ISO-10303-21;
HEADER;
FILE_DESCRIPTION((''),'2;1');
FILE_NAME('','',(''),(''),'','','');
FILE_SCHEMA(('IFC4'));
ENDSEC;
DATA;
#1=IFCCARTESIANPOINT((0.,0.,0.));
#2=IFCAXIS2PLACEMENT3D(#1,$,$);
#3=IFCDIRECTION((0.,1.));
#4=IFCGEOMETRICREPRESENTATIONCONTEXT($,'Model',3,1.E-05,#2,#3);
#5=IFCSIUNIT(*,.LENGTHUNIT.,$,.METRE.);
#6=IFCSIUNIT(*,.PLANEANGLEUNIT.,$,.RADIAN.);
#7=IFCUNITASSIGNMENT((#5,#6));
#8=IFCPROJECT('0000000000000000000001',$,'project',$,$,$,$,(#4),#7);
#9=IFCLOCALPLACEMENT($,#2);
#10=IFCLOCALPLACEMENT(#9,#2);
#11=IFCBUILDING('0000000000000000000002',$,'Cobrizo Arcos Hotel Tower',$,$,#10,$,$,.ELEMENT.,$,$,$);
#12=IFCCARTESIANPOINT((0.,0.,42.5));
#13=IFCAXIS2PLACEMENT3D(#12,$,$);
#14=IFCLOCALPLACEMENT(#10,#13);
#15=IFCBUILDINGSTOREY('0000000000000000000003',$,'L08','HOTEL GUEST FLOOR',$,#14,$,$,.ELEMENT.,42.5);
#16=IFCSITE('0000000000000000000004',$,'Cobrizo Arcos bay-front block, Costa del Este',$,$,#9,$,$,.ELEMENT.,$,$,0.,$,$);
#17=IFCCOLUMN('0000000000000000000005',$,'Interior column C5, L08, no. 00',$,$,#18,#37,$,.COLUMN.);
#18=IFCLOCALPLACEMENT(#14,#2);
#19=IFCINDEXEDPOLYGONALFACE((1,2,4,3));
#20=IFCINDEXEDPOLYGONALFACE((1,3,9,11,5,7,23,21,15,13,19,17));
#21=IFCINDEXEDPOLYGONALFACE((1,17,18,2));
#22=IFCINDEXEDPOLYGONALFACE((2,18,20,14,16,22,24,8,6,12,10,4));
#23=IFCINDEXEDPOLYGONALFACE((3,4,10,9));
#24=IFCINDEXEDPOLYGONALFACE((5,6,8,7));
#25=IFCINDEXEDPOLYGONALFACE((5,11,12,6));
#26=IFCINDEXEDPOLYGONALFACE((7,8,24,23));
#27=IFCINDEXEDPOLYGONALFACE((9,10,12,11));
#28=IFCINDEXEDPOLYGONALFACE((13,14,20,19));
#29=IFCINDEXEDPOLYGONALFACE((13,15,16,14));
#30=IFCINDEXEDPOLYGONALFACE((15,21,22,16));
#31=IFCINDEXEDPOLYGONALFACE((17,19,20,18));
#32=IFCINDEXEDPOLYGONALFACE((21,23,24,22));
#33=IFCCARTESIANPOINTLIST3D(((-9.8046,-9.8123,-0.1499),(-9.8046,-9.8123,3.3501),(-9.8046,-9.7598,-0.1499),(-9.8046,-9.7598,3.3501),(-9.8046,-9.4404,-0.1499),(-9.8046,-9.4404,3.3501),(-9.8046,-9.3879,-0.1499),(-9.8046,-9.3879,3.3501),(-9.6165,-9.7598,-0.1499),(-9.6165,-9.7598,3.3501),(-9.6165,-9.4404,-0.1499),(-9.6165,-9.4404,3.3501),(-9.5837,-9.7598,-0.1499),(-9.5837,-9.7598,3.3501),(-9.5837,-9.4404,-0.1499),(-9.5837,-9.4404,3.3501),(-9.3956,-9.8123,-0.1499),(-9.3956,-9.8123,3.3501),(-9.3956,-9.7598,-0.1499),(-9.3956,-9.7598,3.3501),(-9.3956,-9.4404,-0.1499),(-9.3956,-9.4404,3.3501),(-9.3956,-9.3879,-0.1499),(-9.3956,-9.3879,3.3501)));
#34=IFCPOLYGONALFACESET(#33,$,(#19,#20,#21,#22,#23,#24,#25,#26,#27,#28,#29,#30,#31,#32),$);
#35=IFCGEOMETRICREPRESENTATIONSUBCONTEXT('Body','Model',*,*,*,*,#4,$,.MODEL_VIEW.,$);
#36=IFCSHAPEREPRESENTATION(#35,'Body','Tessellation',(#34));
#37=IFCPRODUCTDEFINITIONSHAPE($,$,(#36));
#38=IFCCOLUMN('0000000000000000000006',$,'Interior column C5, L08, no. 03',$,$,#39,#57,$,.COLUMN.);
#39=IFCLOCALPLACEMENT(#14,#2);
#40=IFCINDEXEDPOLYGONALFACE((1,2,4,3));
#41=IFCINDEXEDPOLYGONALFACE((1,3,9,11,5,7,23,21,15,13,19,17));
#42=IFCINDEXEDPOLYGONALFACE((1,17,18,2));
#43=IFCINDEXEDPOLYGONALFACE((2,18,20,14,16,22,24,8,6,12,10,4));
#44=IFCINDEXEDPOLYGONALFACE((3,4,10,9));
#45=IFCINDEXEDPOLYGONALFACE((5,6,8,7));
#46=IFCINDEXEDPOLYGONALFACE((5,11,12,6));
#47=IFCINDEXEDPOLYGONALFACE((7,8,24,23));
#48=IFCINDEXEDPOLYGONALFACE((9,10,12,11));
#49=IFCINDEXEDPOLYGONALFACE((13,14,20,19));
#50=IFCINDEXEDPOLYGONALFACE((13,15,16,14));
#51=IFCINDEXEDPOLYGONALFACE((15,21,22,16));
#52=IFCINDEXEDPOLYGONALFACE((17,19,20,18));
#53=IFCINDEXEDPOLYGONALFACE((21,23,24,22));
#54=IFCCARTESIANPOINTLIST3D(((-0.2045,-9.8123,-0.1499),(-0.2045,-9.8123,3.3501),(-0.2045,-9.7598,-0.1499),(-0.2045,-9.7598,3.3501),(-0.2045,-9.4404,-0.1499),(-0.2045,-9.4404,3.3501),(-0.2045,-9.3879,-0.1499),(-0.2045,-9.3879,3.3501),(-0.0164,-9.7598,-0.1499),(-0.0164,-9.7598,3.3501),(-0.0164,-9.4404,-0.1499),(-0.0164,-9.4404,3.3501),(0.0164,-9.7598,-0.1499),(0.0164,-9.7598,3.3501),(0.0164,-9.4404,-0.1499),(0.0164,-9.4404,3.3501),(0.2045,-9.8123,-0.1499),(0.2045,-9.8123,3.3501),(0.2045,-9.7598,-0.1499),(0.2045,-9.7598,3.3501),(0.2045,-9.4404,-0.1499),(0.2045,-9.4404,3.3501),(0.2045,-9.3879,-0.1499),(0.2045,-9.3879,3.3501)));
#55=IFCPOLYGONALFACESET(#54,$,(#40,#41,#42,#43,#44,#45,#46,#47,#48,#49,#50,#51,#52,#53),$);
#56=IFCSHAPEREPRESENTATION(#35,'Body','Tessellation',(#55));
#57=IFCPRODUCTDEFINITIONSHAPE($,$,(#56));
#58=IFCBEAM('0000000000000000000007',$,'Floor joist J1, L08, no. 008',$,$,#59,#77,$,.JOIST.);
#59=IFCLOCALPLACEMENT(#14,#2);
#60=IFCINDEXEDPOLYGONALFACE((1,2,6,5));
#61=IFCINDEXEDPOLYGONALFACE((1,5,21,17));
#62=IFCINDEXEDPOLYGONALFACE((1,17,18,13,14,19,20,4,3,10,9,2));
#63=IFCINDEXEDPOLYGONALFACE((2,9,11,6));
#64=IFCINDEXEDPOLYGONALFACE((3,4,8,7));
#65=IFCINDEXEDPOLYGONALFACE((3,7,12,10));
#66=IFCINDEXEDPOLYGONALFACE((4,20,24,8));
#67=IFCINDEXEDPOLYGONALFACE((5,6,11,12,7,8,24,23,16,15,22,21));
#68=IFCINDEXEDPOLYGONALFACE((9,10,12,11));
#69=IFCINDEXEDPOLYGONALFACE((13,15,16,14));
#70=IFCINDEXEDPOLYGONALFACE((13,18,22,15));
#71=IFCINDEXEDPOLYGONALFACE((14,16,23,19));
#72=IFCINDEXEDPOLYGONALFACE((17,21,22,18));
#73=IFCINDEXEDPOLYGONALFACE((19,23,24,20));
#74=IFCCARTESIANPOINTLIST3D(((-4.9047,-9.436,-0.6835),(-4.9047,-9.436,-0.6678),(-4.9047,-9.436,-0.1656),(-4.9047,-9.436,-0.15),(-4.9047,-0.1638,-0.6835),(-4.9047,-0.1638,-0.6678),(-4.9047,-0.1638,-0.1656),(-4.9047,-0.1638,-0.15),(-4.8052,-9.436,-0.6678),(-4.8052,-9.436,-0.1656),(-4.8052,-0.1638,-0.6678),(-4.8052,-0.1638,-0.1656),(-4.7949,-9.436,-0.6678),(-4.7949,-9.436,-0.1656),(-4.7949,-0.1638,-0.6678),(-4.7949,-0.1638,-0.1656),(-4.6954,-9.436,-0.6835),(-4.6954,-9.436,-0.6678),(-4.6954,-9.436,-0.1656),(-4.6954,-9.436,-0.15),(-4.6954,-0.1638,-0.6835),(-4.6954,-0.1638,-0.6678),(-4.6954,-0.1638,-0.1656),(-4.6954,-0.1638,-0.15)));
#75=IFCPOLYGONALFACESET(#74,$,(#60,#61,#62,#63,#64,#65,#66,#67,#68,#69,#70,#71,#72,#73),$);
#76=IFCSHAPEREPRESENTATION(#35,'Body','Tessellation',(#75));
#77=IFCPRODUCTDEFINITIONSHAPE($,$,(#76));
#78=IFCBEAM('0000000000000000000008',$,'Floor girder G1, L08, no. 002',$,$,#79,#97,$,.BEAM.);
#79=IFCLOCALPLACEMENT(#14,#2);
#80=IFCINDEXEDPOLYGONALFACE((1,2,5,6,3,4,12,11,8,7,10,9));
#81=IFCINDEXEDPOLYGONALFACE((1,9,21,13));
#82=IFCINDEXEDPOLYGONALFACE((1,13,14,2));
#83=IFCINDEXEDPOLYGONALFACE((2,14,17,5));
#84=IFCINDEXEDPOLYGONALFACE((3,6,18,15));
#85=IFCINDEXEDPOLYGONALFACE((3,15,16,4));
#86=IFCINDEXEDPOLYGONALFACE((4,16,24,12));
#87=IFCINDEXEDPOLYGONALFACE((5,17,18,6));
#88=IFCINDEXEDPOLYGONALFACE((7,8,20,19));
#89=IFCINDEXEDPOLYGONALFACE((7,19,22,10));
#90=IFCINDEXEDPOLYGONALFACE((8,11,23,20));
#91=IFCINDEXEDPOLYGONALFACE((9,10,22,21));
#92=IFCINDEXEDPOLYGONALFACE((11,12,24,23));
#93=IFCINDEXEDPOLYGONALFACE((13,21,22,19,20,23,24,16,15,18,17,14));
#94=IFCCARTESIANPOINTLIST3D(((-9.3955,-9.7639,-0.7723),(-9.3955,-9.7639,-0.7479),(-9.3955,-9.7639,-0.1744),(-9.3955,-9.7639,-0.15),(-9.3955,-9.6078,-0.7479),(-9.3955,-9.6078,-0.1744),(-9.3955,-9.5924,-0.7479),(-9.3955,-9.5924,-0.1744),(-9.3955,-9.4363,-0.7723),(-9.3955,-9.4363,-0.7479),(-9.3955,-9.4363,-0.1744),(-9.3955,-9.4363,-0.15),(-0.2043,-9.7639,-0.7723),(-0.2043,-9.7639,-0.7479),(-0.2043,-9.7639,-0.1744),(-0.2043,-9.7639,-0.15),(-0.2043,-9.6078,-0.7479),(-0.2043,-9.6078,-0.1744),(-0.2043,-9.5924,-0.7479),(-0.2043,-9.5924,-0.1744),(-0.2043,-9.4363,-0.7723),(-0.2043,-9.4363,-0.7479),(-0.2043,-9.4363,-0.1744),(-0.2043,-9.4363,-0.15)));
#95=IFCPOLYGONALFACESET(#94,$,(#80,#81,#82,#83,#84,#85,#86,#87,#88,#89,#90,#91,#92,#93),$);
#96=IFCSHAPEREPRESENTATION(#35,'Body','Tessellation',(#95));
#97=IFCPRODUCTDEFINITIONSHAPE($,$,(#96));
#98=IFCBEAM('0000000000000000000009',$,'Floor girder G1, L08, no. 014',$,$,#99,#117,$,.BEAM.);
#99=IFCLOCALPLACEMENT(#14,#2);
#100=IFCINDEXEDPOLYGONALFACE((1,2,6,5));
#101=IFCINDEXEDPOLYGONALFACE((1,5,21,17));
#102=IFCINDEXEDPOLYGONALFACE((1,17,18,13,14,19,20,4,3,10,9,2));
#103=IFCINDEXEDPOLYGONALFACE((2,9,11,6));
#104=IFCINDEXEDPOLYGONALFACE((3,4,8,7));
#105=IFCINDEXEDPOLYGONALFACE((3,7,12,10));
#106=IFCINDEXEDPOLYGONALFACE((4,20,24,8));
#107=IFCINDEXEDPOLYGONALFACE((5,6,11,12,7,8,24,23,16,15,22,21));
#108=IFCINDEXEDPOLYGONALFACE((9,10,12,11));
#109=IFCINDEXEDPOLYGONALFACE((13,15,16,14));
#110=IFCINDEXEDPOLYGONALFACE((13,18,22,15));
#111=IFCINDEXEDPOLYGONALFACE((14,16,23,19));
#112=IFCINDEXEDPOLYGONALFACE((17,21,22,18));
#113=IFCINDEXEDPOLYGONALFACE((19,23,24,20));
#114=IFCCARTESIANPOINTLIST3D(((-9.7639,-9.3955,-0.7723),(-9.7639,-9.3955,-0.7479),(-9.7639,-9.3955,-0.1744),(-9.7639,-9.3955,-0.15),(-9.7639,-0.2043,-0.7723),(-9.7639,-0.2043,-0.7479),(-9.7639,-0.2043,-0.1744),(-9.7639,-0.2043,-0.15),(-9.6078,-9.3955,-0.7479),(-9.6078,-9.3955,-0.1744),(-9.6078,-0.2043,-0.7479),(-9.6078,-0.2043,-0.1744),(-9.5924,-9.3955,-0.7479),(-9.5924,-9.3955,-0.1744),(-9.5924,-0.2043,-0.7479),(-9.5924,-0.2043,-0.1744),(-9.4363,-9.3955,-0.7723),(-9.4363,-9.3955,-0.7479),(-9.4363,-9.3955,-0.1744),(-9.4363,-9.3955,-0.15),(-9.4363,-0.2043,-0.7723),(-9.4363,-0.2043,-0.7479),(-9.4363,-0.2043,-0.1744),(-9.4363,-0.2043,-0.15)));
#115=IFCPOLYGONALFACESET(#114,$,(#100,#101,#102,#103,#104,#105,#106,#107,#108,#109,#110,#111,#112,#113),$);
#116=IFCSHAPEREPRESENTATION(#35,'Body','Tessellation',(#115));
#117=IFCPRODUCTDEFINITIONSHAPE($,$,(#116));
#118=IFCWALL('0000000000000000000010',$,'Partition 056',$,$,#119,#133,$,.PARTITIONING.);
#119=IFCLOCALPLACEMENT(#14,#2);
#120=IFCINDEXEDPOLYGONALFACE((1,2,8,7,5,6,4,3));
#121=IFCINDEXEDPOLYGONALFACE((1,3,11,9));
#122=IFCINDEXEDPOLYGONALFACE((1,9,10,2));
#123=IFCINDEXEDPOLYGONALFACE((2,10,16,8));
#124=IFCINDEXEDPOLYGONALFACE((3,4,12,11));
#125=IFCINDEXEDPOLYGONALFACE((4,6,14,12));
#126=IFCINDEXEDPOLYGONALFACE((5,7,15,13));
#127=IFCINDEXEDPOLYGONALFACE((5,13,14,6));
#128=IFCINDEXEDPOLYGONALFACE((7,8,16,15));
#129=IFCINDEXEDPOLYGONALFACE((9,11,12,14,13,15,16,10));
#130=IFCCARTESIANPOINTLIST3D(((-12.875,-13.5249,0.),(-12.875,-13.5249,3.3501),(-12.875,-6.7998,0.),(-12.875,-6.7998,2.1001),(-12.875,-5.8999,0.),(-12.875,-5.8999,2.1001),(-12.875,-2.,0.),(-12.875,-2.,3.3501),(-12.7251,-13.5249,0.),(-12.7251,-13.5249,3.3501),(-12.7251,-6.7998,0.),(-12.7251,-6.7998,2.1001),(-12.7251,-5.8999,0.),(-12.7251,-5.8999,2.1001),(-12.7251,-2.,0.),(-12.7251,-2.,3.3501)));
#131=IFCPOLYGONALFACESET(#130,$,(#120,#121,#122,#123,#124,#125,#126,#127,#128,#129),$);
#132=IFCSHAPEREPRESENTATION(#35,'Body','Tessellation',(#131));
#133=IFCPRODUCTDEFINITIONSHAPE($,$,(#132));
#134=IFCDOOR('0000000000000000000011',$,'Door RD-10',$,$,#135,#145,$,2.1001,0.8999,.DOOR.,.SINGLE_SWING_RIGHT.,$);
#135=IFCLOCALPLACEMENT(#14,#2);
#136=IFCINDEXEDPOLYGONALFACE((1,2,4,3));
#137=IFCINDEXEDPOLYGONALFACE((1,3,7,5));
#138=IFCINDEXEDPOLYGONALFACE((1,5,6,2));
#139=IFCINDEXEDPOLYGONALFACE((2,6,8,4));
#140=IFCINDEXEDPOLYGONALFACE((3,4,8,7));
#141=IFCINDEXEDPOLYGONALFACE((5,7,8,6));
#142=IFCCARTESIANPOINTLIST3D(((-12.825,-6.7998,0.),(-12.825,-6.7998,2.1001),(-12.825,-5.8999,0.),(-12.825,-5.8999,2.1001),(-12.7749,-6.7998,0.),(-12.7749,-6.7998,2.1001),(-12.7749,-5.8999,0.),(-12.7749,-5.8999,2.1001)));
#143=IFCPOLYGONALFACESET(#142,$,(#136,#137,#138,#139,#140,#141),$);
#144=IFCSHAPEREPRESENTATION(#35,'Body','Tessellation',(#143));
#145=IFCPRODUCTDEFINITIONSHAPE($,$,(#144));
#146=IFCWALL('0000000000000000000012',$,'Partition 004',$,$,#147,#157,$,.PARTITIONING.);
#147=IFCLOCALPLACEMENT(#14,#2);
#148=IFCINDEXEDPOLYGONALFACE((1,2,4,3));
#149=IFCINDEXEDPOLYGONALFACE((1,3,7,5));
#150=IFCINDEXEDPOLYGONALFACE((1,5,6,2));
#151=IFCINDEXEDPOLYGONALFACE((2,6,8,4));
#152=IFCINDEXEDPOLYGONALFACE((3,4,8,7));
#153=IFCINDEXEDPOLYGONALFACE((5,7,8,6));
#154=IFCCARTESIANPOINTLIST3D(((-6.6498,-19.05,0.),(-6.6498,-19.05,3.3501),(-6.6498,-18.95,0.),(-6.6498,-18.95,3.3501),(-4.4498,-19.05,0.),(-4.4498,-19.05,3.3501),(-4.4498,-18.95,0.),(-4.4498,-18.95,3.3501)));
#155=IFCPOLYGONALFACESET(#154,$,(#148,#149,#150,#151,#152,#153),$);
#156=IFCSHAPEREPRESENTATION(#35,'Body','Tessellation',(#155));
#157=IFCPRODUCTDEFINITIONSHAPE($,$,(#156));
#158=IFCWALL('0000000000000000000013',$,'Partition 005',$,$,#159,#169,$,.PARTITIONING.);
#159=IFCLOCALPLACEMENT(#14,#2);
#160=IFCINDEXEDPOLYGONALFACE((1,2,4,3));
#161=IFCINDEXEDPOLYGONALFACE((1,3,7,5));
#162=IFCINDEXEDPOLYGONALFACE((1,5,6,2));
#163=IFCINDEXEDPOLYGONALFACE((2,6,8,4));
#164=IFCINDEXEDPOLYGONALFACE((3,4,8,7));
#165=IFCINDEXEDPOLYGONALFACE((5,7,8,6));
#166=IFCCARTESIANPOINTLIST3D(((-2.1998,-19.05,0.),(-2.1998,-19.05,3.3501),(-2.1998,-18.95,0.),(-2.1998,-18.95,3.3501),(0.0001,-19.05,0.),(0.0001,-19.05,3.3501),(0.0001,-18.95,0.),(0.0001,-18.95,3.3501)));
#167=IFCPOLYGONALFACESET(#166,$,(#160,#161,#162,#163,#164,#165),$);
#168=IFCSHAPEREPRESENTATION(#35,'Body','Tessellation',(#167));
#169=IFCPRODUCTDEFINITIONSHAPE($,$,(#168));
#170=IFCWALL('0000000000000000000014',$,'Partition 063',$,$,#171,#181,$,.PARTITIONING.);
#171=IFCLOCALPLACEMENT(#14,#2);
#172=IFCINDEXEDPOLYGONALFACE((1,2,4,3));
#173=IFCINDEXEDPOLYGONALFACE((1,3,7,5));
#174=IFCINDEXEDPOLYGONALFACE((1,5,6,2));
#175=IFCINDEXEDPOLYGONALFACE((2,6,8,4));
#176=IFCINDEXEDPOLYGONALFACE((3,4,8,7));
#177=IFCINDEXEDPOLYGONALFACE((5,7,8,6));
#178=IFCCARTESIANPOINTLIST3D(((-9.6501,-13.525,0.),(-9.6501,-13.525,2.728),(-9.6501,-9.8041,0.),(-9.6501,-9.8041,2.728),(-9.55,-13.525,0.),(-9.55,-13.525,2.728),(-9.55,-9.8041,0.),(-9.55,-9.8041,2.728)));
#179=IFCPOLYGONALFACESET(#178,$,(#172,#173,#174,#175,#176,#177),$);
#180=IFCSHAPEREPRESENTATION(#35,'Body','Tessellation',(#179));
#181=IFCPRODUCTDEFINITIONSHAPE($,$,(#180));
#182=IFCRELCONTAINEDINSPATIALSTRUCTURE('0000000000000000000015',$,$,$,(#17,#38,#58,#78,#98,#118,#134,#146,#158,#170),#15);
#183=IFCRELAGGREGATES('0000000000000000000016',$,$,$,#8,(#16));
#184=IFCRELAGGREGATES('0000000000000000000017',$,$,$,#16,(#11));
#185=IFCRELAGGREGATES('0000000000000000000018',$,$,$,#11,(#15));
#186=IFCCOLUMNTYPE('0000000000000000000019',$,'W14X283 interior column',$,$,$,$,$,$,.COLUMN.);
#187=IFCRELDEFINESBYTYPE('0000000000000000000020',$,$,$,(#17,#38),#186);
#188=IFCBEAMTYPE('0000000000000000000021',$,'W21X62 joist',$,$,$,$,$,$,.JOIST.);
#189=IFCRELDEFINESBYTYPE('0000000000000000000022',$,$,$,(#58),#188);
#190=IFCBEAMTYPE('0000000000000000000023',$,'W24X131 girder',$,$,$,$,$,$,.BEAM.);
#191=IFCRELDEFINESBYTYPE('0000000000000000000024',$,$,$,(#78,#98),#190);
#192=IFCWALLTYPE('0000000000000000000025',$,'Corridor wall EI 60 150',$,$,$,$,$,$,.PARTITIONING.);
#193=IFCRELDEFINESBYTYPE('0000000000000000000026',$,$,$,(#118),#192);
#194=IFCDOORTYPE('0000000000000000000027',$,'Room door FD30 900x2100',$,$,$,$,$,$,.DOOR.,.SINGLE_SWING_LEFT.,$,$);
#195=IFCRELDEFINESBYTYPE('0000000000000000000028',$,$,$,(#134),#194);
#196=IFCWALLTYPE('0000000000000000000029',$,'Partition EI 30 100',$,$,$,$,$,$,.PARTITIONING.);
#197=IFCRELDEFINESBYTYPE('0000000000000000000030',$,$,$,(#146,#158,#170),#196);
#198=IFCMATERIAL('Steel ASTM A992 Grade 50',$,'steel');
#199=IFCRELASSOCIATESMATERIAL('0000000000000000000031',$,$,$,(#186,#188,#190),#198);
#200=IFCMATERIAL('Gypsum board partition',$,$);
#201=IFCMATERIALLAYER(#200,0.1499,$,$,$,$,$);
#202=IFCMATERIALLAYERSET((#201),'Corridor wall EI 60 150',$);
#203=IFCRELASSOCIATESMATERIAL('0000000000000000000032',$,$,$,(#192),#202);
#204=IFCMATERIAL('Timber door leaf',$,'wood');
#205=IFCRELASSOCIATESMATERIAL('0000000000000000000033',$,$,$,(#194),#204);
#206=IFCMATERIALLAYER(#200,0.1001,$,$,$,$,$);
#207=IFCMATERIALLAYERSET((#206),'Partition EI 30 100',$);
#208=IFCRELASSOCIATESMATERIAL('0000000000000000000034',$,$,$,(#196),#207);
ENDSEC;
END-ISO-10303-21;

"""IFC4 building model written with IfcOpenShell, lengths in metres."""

from ifc_helpers import new_model, si_unit, direction, frame, frame_2d, origin, origin_2d, place, context, subcontext, project, spatial, rectangle, i_section, extrude, material, layer, layer_set, material_profile, profile_set, type_object, element, fill, save


model = new_model("IFC4")

# Units and contexts
model_context = context("Model", 3, precision=1e-05, world=origin(), true_north=direction((0.0, 1.0)))
body_context = subcontext(model_context, "Body", "Model", "MODEL_VIEW")
ifc_project = project(units=[si_unit("LENGTHUNIT", "METRE"), si_unit("PLANEANGLEUNIT", "RADIAN")], contexts=[model_context])

# Site, building, storey
site_placement = place(None, origin())
site = spatial("IfcSite", under=ifc_project, at=site_placement, Name="Cobrizo Arcos bay-front block, Costa del Este", CompositionType="ELEMENT", RefElevation=0.0)
building_placement = place(site_placement, origin())
building = spatial("IfcBuilding", under=site, at=building_placement, Name="Cobrizo Arcos Hotel Tower", CompositionType="ELEMENT")
storey_placement = place(building_placement, frame((0.0, 0.0, 42.5)))
storey = spatial("IfcBuildingStorey", under=building, at=storey_placement, Name="L08", Description="HOTEL GUEST FLOOR", CompositionType="ELEMENT", Elevation=42.5)

# Columns
ifc_material_1 = material(Name="Steel ASTM A992 Grade 50", Category="steel")
ifc_material_profile_1 = material_profile(ifc_material_1, i_section(OverallWidth=0.4089, OverallDepth=0.4243, WebThickness=0.0327, FlangeThickness=0.0525, at=origin_2d()), Name="W14X283")
ifc_profile_set_1 = profile_set([ifc_material_profile_1], Name="Steel ASTM A992 Grade 50")
column_type = type_object("IfcColumnType", Name="W14X283 interior column", PredefinedType="COLUMN", material=ifc_profile_set_1)
for number, where, z_axis, x_axis, name in (
    (1, (-9.6001, -9.6001, -0.1499), (0.0, 0.0, 1.0), (1.0, 0.0, 0.0), "Interior column C5, L08, no. 00"),
    (2, (0.0, -9.6001, -0.1499), (0.0, 0.0, 1.0), (1.0, 0.0, 0.0), "Interior column C5, L08, no. 03"),
):
    element("IfcColumn", number, at=place(storey_placement, frame(where, z_axis=z_axis, x_axis=x_axis)), inside=storey, type_object=column_type, Name=name, PredefinedType="COLUMN", context=body_context, shape_type="SweptSolid", body=[
        extrude(i_section(OverallWidth=0.4089, OverallDepth=0.4243, WebThickness=0.0327, FlangeThickness=0.0525, at=origin_2d()), origin(), (0.0, 0.0, 1.0), 3.5),
    ])

# Beams
ifc_material_profile_2 = material_profile(ifc_material_1, i_section(OverallWidth=0.2092, OverallDepth=0.5334, WebThickness=0.0103, FlangeThickness=0.0156, at=origin_2d()), Name="W21X62")
ifc_profile_set_2 = profile_set([ifc_material_profile_2], Name="Steel ASTM A992 Grade 50")
beam_type_1 = type_object("IfcBeamType", Name="W21X62 joist", PredefinedType="JOIST", material=ifc_profile_set_2)
beam_placement = place(storey_placement, frame((-4.8, -9.436, -0.4167), z_axis=(0.0, 1.0, 0.0), x_axis=(-1.0, 0.0, 0.0)))
element("IfcBeam", 3, at=beam_placement, inside=storey, type_object=beam_type_1, Name="Floor joist J1, L08, no. 008", PredefinedType="JOIST", context=body_context, shape_type="SweptSolid", body=[
    extrude(i_section(OverallWidth=0.2092, OverallDepth=0.5334, WebThickness=0.0103, FlangeThickness=0.0156, at=origin_2d()), origin(), (0.0, 0.0, 1.0), 9.2722),
])
ifc_material_profile_3 = material_profile(ifc_material_1, i_section(OverallWidth=0.3276, OverallDepth=0.6223, WebThickness=0.0154, FlangeThickness=0.0244, at=origin_2d()), Name="W24X131")
ifc_profile_set_3 = profile_set([ifc_material_profile_3], Name="Steel ASTM A992 Grade 50")
beam_type_2 = type_object("IfcBeamType", Name="W24X131 girder", PredefinedType="BEAM", material=ifc_profile_set_3)
for number, where, z_axis, x_axis, name in (
    (4, (-9.3955, -9.6001, -0.4612), (1.0, 0.0, 0.0), (0.0, 1.0, 0.0), "Floor girder G1, L08, no. 002"),
    (5, (-9.6001, -9.3955, -0.4612), (0.0, 1.0, 0.0), (-1.0, 0.0, 0.0), "Floor girder G1, L08, no. 014"),
):
    element("IfcBeam", number, at=place(storey_placement, frame(where, z_axis=z_axis, x_axis=x_axis)), inside=storey, type_object=beam_type_2, Name=name, PredefinedType="BEAM", context=body_context, shape_type="SweptSolid", body=[
        extrude(i_section(OverallWidth=0.3276, OverallDepth=0.6223, WebThickness=0.0154, FlangeThickness=0.0244, at=origin_2d()), origin(), (0.0, 0.0, 1.0), 9.1912),
    ])

# Wall, opening, door
ifc_material_2 = material(Name="Gypsum board partition")
ifc_layer_1 = layer(ifc_material_2, 0.1499)
ifc_layer_set_1 = layer_set([ifc_layer_1], Name="Corridor wall EI 60 150")
wall_type_1 = type_object("IfcWallType", Name="Corridor wall EI 60 150", PredefinedType="PARTITIONING", material=ifc_layer_set_1)
wall_1_placement = place(storey_placement, frame((-12.8, -13.5249, 0.0), z_axis=(0.0, 0.0, 1.0), x_axis=(0.0, 1.0, 0.0)))
wall_1 = element("IfcWall", 6, at=wall_1_placement, inside=storey, type_object=wall_type_1, Name="Partition 056", PredefinedType="PARTITIONING", context=body_context, shape_type="SweptSolid", body=[
    extrude(rectangle(XDim=11.5249, YDim=0.1499, at=frame_2d((5.7625, 0.0))), origin(), (0.0, 0.0, 1.0), 3.3501),
])
opening_1_placement = place(wall_1_placement, frame((6.7251, 0.0, 0.0)))
opening_1 = element("IfcOpeningElement", 7, at=opening_1_placement, cuts=wall_1, PredefinedType="OPENING", context=body_context, shape_type="SweptSolid", body=[
    extrude(rectangle(XDim=0.8999, YDim=2.1001, at=frame_2d((0.45, 1.05))), frame((0.0, 0.0869, 0.0), z_axis=(0.0, -1.0, 0.0), x_axis=(1.0, 0.0, 0.0)), (0.0, 0.0, 1.0), 0.1738),
])
ifc_material_3 = material(Name="Timber door leaf", Category="wood")
door_type_1 = type_object("IfcDoorType", Name="Room door FD30 900x2100", OperationType="SINGLE_SWING_LEFT", PredefinedType="DOOR", material=ifc_material_3)
door_1_placement = place(opening_1_placement, origin())
door_1 = element("IfcDoor", 8, at=door_1_placement, inside=storey, type_object=door_type_1, Name="Door RD-10", OperationType="SINGLE_SWING_RIGHT", OverallHeight=2.1001, OverallWidth=0.8999, PredefinedType="DOOR", context=body_context, shape_type="SweptSolid", body=[
    extrude(rectangle(XDim=0.8999, YDim=2.1001, at=frame_2d((0.45, 1.05))), frame((0.0, 0.0249, 0.0), z_axis=(0.0, -1.0, 0.0), x_axis=(1.0, 0.0, 0.0)), (0.0, 0.0, 1.0), 0.05),
])
fill(opening_1, door_1)

# Walls
ifc_layer_2 = layer(ifc_material_2, 0.1001)
ifc_layer_set_2 = layer_set([ifc_layer_2], Name="Partition EI 30 100")
wall_type_2 = type_object("IfcWallType", Name="Partition EI 30 100", PredefinedType="PARTITIONING", material=ifc_layer_set_2)
for number, where, z_axis, x_axis, name in (
    (9, (-6.6499, -19.0, 0.0), (0.0, 0.0, 1.0), (1.0, 0.0, 0.0), "Partition 004"),
    (10, (-2.2, -19.0, 0.0), (0.0, 0.0, 1.0), (1.0, 0.0, 0.0), "Partition 005"),
):
    element("IfcWall", number, at=place(storey_placement, frame(where, z_axis=z_axis, x_axis=x_axis)), inside=storey, type_object=wall_type_2, Name=name, PredefinedType="PARTITIONING", context=body_context, shape_type="SweptSolid", body=[
        extrude(rectangle(XDim=2.2, YDim=0.1001, at=frame_2d((1.1001, 0.0))), origin(), (0.0, 0.0, 1.0), 3.3501),
    ])
wall_2_placement = place(storey_placement, frame((-9.6001, -13.5249, 0.0), z_axis=(0.0, 0.0, 1.0), x_axis=(0.0, 1.0, 0.0)))
element("IfcWall", 11, at=wall_2_placement, inside=storey, type_object=wall_type_2, Name="Partition 063", PredefinedType="PARTITIONING", context=body_context, shape_type="SweptSolid", body=[
    extrude(rectangle(XDim=3.7209, YDim=0.1001, at=frame_2d((1.8604, 0.0))), origin(), (0.0, 0.0, 1.0), 2.728),
])

save(model, "model.ifc")
